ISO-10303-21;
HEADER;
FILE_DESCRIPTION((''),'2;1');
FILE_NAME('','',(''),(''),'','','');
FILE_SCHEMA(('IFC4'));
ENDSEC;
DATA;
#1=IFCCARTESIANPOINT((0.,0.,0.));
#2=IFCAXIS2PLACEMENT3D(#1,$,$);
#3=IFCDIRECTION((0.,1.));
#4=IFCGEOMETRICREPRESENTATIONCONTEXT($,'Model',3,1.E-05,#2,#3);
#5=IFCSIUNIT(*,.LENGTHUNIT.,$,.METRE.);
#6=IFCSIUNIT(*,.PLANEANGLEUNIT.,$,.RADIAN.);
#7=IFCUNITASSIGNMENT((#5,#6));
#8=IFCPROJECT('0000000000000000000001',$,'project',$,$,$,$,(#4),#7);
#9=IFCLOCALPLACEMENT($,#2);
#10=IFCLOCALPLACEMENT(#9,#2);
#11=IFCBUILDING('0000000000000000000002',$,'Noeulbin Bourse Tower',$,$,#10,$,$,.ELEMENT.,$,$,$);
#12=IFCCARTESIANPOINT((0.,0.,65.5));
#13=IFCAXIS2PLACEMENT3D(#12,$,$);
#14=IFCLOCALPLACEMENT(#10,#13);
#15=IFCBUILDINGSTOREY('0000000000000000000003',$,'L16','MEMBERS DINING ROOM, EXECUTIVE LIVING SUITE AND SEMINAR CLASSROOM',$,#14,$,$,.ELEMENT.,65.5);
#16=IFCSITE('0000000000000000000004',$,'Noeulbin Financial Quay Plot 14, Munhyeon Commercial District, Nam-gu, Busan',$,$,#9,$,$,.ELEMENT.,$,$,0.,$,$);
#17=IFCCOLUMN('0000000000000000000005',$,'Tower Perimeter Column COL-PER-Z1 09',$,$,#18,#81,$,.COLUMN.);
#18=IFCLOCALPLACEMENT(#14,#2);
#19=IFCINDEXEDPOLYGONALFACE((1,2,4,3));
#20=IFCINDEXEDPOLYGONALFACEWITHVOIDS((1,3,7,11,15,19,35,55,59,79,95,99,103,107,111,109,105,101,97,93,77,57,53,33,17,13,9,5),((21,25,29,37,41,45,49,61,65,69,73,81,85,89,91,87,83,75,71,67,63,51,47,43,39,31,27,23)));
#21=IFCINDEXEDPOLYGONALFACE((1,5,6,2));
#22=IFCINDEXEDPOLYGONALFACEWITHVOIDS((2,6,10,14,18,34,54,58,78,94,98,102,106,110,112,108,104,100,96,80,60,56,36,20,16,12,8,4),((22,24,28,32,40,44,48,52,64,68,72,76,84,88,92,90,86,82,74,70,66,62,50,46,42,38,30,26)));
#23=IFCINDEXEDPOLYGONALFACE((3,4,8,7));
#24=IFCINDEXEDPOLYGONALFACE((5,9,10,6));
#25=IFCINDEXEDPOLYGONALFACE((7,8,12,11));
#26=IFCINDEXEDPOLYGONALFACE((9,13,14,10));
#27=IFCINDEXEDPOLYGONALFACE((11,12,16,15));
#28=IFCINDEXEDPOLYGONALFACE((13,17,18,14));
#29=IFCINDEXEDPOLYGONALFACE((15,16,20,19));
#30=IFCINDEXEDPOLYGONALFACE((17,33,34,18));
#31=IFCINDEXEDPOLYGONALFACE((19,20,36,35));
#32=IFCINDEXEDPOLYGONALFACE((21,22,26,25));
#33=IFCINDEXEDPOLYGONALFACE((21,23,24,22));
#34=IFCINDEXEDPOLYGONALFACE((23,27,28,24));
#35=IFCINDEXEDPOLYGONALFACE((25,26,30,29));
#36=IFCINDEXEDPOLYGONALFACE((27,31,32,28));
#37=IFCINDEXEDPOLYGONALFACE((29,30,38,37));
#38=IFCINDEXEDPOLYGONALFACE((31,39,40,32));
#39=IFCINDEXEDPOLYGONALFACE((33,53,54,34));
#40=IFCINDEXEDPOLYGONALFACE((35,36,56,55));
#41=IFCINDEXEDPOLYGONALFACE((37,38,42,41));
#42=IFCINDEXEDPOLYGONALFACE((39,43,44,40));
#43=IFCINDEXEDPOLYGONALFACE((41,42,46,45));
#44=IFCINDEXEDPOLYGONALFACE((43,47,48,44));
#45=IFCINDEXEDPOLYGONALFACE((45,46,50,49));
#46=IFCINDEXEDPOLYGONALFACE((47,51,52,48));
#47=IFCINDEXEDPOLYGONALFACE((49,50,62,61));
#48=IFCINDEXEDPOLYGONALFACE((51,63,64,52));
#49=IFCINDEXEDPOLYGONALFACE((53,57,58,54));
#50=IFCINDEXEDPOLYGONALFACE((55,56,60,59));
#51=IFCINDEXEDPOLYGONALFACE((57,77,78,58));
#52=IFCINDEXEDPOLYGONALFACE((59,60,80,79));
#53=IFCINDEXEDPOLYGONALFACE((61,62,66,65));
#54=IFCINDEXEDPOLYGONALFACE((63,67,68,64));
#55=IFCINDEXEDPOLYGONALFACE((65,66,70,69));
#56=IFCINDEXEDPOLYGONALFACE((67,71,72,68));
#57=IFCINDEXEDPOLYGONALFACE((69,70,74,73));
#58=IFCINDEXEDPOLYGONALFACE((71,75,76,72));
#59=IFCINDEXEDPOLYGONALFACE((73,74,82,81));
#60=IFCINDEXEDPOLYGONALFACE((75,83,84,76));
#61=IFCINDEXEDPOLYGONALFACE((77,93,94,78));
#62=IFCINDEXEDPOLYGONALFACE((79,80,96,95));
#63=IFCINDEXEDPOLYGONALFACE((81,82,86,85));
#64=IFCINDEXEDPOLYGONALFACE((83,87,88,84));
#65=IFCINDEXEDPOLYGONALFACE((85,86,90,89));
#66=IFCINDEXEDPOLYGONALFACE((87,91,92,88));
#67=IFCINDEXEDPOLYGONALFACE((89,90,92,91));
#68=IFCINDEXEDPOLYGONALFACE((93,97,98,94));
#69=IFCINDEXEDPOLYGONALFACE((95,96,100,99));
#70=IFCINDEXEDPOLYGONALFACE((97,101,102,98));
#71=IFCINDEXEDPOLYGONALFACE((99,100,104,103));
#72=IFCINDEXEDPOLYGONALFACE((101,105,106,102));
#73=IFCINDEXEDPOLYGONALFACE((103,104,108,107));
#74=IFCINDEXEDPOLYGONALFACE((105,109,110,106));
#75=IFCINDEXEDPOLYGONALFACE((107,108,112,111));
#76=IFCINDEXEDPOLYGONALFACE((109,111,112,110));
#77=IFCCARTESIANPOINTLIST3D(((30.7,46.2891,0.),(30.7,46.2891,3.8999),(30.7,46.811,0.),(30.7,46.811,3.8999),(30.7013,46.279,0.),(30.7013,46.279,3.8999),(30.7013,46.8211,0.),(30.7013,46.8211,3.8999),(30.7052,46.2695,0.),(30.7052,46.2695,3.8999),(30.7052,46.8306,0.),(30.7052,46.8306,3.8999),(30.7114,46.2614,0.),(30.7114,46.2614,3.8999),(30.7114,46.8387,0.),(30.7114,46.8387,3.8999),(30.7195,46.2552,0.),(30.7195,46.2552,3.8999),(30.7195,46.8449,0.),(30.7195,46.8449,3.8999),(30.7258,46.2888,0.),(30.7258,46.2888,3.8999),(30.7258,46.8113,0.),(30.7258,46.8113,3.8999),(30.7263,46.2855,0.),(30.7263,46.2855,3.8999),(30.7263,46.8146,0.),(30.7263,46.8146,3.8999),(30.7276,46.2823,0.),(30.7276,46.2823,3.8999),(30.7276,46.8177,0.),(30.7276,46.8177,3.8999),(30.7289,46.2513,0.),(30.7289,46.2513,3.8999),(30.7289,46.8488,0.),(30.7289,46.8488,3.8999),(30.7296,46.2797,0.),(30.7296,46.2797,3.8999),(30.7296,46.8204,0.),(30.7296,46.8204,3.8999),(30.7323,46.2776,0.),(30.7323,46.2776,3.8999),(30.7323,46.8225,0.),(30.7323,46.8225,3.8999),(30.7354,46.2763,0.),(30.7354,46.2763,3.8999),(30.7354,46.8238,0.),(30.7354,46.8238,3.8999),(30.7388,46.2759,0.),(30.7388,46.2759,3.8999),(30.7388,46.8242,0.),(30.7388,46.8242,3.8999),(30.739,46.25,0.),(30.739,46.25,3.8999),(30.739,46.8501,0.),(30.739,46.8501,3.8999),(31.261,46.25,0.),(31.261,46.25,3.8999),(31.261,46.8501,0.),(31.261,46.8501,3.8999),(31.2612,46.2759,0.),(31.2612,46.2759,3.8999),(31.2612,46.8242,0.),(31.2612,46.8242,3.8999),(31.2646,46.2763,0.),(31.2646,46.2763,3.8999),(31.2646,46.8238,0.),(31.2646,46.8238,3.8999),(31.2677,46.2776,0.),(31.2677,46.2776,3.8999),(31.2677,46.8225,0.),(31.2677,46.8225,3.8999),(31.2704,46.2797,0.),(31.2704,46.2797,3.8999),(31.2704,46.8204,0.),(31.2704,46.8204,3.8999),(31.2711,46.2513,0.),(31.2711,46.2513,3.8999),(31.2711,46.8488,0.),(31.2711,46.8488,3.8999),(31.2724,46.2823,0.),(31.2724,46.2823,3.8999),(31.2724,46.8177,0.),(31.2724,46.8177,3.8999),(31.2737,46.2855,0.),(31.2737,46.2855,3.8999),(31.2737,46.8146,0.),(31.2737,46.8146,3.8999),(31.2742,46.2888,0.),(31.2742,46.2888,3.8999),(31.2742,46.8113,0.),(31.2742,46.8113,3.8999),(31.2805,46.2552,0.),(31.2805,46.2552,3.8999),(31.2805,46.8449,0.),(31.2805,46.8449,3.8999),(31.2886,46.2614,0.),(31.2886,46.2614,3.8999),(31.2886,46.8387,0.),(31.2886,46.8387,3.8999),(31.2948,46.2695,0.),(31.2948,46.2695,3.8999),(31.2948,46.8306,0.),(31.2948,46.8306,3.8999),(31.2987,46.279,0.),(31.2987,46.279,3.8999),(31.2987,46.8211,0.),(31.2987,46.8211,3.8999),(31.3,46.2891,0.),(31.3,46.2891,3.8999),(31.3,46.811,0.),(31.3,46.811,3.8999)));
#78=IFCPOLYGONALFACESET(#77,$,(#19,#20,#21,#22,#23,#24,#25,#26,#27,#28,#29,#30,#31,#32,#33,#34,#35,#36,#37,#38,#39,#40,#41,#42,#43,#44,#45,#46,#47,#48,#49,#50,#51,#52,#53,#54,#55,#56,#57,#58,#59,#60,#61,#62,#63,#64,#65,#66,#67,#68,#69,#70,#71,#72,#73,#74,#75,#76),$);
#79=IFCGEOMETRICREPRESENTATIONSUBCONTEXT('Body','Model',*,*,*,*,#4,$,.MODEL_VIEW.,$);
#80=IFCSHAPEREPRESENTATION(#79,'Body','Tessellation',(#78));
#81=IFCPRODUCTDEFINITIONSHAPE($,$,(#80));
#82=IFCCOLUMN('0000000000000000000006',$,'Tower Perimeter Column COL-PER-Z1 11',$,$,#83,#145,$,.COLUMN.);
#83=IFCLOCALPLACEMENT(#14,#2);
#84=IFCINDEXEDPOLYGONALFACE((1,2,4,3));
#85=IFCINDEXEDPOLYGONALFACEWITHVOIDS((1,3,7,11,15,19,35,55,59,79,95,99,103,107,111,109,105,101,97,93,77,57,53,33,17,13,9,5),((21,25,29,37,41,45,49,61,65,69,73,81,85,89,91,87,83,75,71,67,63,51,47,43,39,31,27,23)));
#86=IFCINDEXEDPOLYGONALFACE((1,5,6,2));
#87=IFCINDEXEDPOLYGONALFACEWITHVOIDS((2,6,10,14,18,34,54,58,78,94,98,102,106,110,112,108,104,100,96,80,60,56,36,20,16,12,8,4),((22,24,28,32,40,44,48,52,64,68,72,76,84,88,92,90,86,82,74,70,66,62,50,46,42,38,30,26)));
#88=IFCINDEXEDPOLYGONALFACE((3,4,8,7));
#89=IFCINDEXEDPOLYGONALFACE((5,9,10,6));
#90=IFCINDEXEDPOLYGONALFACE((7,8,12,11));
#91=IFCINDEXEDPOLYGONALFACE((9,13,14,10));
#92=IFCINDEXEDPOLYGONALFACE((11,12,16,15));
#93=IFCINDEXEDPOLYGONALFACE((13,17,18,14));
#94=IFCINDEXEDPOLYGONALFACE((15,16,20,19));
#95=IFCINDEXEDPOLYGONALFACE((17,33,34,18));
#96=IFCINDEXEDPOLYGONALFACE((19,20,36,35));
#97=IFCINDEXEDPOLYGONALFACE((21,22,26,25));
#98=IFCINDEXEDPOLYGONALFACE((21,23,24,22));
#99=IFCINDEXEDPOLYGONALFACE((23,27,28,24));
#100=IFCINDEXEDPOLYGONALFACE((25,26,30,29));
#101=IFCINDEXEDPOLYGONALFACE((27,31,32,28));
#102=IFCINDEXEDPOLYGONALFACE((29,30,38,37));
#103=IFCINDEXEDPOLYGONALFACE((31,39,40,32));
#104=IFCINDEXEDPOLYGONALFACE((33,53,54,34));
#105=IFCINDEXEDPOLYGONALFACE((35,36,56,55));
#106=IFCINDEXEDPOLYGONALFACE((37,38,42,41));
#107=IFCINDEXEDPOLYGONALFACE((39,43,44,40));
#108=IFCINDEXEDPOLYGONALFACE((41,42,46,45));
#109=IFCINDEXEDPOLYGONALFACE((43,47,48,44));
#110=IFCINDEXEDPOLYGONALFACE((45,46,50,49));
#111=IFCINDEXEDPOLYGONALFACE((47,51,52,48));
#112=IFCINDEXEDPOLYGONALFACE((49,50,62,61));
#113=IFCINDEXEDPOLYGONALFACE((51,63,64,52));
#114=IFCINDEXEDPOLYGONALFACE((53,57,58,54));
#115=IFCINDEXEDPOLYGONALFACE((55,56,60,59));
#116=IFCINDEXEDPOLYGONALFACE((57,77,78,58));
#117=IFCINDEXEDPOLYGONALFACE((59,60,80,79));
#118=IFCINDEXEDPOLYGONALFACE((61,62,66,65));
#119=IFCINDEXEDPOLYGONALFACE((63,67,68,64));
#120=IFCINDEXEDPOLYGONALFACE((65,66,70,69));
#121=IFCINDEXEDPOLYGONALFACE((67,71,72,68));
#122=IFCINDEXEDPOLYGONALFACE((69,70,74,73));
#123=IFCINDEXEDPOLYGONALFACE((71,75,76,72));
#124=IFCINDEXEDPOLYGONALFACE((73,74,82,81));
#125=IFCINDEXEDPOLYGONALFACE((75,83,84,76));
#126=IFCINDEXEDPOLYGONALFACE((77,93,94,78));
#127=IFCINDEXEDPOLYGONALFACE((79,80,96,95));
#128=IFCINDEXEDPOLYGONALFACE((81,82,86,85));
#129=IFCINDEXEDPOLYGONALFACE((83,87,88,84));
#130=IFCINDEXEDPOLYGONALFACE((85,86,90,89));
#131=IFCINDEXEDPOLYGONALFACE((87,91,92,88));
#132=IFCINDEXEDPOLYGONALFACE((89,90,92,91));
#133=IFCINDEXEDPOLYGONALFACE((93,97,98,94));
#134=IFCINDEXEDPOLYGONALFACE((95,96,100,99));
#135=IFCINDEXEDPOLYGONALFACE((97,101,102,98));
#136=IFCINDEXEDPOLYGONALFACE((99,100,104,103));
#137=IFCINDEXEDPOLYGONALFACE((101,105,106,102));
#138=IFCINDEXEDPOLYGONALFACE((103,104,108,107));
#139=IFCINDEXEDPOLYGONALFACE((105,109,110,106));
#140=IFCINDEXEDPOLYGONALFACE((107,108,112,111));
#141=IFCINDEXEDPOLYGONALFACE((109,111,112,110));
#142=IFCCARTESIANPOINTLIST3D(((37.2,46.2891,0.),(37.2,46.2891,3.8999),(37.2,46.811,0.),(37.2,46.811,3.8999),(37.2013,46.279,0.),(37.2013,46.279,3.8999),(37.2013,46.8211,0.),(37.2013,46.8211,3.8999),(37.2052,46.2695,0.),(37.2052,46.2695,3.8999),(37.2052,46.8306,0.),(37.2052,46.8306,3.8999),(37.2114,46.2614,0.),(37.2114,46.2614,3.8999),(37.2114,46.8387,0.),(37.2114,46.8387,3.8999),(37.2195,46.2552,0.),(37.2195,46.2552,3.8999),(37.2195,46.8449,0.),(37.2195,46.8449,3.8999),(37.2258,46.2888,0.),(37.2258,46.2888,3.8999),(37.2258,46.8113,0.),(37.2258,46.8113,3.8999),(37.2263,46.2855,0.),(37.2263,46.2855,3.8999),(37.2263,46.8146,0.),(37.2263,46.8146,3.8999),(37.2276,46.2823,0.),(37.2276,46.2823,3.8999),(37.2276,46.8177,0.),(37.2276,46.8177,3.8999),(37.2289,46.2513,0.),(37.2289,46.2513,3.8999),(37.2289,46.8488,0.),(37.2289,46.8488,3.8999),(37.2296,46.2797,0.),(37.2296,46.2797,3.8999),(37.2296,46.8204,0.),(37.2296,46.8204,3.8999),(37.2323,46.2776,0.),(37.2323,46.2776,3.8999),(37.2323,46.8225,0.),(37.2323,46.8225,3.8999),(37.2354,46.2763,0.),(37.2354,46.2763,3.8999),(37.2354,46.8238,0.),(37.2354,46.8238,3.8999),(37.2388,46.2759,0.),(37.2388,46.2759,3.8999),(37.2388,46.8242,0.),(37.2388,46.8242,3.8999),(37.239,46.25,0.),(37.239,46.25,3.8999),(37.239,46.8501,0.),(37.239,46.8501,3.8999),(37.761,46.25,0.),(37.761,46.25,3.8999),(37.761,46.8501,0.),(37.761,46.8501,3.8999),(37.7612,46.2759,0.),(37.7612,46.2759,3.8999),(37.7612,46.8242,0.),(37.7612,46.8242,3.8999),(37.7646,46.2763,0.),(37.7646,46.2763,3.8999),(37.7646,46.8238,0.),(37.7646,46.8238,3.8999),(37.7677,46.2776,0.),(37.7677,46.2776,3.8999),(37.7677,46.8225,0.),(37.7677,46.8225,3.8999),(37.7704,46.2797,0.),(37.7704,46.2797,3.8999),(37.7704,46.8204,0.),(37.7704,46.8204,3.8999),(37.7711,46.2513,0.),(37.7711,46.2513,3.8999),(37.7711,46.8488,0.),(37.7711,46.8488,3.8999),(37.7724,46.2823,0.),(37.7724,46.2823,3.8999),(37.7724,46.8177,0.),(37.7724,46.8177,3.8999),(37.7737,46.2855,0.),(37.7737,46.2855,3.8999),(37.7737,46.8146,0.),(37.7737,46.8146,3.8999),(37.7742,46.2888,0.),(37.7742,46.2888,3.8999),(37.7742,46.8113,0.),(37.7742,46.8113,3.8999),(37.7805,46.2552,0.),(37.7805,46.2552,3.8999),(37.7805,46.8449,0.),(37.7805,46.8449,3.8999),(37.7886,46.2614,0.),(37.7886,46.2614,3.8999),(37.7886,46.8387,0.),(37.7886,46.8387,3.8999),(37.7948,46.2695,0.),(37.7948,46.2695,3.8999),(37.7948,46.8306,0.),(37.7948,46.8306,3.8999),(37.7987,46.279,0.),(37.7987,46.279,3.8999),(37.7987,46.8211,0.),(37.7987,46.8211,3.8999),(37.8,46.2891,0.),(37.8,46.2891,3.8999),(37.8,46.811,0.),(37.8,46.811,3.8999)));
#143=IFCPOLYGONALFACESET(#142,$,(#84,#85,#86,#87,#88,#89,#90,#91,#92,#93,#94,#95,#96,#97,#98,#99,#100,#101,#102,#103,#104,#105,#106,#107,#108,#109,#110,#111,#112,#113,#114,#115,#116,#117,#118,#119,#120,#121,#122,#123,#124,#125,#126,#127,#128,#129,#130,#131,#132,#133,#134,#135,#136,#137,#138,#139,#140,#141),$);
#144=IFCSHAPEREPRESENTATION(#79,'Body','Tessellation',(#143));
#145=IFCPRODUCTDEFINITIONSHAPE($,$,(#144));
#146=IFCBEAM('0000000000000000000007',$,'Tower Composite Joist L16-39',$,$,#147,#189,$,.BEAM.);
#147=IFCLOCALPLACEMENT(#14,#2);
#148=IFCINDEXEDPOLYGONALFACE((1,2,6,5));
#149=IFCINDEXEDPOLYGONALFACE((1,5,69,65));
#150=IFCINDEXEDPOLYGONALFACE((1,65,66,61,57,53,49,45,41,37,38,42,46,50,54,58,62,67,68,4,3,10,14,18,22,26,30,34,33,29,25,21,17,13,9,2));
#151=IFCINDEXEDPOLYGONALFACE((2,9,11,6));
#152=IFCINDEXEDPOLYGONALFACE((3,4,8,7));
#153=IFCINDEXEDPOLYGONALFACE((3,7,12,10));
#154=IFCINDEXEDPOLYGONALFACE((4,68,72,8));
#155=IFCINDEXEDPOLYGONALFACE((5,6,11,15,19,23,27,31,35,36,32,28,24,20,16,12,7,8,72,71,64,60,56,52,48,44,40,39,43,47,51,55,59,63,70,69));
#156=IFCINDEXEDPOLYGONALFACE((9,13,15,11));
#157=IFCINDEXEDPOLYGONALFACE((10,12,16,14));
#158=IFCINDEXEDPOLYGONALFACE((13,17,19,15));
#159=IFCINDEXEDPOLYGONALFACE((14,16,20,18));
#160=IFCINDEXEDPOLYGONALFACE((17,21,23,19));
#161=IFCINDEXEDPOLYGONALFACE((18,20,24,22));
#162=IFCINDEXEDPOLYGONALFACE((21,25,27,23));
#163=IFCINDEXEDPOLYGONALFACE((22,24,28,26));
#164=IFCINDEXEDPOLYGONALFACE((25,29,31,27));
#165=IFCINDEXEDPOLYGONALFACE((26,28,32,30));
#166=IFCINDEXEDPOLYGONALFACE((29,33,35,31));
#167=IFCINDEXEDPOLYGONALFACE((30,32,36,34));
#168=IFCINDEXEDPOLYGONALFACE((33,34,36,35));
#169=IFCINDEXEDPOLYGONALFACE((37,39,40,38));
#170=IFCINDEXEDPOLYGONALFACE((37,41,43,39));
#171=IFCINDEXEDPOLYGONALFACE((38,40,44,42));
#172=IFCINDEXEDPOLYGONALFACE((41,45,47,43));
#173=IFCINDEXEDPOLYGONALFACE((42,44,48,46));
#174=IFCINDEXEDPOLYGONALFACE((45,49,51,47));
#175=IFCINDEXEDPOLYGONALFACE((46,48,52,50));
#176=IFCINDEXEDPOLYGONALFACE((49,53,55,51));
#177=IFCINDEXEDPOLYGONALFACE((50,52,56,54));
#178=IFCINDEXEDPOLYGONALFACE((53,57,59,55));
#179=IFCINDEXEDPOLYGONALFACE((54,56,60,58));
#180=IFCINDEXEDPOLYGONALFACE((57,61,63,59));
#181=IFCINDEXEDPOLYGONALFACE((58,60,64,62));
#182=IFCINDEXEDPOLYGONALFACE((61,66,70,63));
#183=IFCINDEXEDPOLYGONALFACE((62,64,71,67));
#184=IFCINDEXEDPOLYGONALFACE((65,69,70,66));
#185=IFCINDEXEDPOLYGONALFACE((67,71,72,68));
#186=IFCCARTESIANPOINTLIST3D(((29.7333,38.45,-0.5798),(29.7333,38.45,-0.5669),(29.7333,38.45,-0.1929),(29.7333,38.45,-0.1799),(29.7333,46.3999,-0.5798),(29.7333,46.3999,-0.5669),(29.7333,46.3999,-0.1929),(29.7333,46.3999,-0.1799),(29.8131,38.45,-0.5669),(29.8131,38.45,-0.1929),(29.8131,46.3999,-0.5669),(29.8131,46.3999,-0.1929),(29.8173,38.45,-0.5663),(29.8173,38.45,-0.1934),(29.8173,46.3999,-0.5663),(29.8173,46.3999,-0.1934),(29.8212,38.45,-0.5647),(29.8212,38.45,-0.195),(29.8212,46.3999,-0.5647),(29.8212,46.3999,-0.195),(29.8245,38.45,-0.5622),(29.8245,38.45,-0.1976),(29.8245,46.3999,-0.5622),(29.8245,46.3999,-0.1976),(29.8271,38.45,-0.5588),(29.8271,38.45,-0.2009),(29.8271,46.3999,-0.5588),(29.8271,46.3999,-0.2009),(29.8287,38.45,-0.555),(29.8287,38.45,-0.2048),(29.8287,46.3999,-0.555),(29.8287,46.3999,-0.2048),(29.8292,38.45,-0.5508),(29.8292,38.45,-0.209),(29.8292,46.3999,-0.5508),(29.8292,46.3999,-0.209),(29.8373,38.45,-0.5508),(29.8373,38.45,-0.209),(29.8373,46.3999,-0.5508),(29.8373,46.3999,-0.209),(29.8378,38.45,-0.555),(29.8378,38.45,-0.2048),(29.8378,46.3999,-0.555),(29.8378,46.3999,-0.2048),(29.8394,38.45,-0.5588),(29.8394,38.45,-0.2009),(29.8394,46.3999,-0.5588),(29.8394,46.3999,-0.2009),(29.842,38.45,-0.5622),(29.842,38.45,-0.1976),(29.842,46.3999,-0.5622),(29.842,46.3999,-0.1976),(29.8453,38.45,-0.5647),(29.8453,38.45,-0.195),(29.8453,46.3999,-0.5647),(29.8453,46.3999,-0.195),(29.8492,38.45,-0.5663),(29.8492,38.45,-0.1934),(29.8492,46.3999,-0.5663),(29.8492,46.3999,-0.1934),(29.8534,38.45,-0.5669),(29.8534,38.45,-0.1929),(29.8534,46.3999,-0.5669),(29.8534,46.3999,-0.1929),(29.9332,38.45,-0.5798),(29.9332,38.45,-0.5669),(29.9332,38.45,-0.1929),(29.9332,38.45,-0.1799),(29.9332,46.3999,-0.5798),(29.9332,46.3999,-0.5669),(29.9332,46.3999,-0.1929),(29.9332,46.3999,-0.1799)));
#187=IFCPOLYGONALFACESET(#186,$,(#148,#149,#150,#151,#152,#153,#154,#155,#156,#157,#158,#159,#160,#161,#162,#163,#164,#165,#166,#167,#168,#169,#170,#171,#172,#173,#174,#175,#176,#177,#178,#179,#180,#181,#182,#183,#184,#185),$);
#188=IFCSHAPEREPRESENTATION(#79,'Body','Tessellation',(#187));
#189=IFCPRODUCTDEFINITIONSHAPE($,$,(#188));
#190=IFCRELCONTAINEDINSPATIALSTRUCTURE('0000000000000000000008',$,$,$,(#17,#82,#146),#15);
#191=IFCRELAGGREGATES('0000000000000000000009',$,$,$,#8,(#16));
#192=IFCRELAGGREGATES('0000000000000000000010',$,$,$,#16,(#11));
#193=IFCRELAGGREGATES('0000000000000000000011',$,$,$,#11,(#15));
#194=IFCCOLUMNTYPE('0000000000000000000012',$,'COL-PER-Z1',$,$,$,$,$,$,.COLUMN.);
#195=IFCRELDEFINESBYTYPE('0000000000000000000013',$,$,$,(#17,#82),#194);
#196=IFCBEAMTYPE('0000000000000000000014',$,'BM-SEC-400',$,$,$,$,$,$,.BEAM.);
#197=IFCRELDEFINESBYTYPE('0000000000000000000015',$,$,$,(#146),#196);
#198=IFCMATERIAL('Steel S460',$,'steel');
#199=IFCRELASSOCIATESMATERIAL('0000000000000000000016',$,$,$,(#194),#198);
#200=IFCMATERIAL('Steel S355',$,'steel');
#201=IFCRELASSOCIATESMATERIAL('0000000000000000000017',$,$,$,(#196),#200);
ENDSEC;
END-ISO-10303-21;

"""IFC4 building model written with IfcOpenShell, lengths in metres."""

from ifc_helpers import new_model, si_unit, direction, frame, origin, origin_2d, place, context, subcontext, project, spatial, hollow_rectangle, i_section, extrude, material, material_profile, profile_set, type_object, element, save


model = new_model("IFC4")

# Units and contexts
model_context = context("Model", 3, precision=1e-05, world=origin(), true_north=direction((0.0, 1.0)))
body_context = subcontext(model_context, "Body", "Model", "MODEL_VIEW")
ifc_project = project(units=[si_unit("LENGTHUNIT", "METRE"), si_unit("PLANEANGLEUNIT", "RADIAN")], contexts=[model_context])

# Site, building, storey
site_placement = place(None, origin())
site = spatial("IfcSite", under=ifc_project, at=site_placement, Name="Noeulbin Financial Quay Plot 14, Munhyeon Commercial District, Nam-gu, Busan", CompositionType="ELEMENT", RefElevation=0.0)
building_placement = place(site_placement, origin())
building = spatial("IfcBuilding", under=site, at=building_placement, Name="Noeulbin Bourse Tower", CompositionType="ELEMENT")
storey_placement = place(building_placement, frame((0.0, 0.0, 65.5)))
storey = spatial("IfcBuildingStorey", under=building, at=storey_placement, Name="L16", Description="MEMBERS DINING ROOM, EXECUTIVE LIVING SUITE AND SEMINAR CLASSROOM", CompositionType="ELEMENT", Elevation=65.5)

# Columns
ifc_material_1 = material(Name="Steel S460", Category="steel")
ifc_material_profile_1 = material_profile(ifc_material_1, hollow_rectangle(XDim=0.6001, YDim=0.6001, WallThickness=0.0259, InnerFilletRadius=0.0129, OuterFilletRadius=0.0391, at=origin_2d()), Name="BOX-600x600x26", Category="LoadBearing")
ifc_profile_set_1 = profile_set([ifc_material_profile_1], Name="Steel S460")
column_type = type_object("IfcColumnType", Name="COL-PER-Z1", PredefinedType="COLUMN", material=ifc_profile_set_1)
for number, where, z_axis, x_axis, name in (
    (1, (31.0, 46.55, 0.0), (0.0, 0.0, 1.0), (1.0, 0.0, 0.0), "Tower Perimeter Column COL-PER-Z1 09"),
    (2, (37.5, 46.55, 0.0), (0.0, 0.0, 1.0), (1.0, 0.0, 0.0), "Tower Perimeter Column COL-PER-Z1 11"),
):
    element("IfcColumn", number, at=place(storey_placement, frame(where, z_axis=z_axis, x_axis=x_axis)), inside=storey, type_object=column_type, Name=name, PredefinedType="COLUMN", context=body_context, shape_type="SweptSolid", body=[
        extrude(hollow_rectangle(XDim=0.6001, YDim=0.6001, WallThickness=0.0259, InnerFilletRadius=0.0129, OuterFilletRadius=0.0391, at=origin_2d()), origin(), (0.0, 0.0, 1.0), 3.8999),
    ])

# Beam
ifc_material_2 = material(Name="Steel S355", Category="steel")
ifc_material_profile_2 = material_profile(ifc_material_2, i_section(OverallWidth=0.2, OverallDepth=0.3999, WebThickness=0.0081, FlangeThickness=0.0129, FilletRadius=0.0161, at=origin_2d()), Name="H-400x200x8x13", Category="LoadBearing")
ifc_profile_set_2 = profile_set([ifc_material_profile_2], Name="Steel S355")
beam_type_1 = type_object("IfcBeamType", Name="BM-SEC-400", PredefinedType="BEAM", material=ifc_profile_set_2)
for number, where, z_axis, x_axis, name in (
    (3, (29.8333, 38.45, -0.3799), (0.0, 1.0, 0.0), (-1.0, 0.0, 0.0), "Tower Composite Joist L16-39"),
):
    element("IfcBeam", number, at=place(storey_placement, frame(where, z_axis=z_axis, x_axis=x_axis)), inside=storey, type_object=beam_type_1, Name=name, PredefinedType="BEAM", context=body_context, shape_type="SweptSolid", body=[
        extrude(i_section(OverallWidth=0.2, OverallDepth=0.3999, WebThickness=0.0081, FlangeThickness=0.0129, FilletRadius=0.0161, at=origin_2d()), origin(), (0.0, 0.0, 1.0), 7.95),
    ])

save(model, "model.ifc")
